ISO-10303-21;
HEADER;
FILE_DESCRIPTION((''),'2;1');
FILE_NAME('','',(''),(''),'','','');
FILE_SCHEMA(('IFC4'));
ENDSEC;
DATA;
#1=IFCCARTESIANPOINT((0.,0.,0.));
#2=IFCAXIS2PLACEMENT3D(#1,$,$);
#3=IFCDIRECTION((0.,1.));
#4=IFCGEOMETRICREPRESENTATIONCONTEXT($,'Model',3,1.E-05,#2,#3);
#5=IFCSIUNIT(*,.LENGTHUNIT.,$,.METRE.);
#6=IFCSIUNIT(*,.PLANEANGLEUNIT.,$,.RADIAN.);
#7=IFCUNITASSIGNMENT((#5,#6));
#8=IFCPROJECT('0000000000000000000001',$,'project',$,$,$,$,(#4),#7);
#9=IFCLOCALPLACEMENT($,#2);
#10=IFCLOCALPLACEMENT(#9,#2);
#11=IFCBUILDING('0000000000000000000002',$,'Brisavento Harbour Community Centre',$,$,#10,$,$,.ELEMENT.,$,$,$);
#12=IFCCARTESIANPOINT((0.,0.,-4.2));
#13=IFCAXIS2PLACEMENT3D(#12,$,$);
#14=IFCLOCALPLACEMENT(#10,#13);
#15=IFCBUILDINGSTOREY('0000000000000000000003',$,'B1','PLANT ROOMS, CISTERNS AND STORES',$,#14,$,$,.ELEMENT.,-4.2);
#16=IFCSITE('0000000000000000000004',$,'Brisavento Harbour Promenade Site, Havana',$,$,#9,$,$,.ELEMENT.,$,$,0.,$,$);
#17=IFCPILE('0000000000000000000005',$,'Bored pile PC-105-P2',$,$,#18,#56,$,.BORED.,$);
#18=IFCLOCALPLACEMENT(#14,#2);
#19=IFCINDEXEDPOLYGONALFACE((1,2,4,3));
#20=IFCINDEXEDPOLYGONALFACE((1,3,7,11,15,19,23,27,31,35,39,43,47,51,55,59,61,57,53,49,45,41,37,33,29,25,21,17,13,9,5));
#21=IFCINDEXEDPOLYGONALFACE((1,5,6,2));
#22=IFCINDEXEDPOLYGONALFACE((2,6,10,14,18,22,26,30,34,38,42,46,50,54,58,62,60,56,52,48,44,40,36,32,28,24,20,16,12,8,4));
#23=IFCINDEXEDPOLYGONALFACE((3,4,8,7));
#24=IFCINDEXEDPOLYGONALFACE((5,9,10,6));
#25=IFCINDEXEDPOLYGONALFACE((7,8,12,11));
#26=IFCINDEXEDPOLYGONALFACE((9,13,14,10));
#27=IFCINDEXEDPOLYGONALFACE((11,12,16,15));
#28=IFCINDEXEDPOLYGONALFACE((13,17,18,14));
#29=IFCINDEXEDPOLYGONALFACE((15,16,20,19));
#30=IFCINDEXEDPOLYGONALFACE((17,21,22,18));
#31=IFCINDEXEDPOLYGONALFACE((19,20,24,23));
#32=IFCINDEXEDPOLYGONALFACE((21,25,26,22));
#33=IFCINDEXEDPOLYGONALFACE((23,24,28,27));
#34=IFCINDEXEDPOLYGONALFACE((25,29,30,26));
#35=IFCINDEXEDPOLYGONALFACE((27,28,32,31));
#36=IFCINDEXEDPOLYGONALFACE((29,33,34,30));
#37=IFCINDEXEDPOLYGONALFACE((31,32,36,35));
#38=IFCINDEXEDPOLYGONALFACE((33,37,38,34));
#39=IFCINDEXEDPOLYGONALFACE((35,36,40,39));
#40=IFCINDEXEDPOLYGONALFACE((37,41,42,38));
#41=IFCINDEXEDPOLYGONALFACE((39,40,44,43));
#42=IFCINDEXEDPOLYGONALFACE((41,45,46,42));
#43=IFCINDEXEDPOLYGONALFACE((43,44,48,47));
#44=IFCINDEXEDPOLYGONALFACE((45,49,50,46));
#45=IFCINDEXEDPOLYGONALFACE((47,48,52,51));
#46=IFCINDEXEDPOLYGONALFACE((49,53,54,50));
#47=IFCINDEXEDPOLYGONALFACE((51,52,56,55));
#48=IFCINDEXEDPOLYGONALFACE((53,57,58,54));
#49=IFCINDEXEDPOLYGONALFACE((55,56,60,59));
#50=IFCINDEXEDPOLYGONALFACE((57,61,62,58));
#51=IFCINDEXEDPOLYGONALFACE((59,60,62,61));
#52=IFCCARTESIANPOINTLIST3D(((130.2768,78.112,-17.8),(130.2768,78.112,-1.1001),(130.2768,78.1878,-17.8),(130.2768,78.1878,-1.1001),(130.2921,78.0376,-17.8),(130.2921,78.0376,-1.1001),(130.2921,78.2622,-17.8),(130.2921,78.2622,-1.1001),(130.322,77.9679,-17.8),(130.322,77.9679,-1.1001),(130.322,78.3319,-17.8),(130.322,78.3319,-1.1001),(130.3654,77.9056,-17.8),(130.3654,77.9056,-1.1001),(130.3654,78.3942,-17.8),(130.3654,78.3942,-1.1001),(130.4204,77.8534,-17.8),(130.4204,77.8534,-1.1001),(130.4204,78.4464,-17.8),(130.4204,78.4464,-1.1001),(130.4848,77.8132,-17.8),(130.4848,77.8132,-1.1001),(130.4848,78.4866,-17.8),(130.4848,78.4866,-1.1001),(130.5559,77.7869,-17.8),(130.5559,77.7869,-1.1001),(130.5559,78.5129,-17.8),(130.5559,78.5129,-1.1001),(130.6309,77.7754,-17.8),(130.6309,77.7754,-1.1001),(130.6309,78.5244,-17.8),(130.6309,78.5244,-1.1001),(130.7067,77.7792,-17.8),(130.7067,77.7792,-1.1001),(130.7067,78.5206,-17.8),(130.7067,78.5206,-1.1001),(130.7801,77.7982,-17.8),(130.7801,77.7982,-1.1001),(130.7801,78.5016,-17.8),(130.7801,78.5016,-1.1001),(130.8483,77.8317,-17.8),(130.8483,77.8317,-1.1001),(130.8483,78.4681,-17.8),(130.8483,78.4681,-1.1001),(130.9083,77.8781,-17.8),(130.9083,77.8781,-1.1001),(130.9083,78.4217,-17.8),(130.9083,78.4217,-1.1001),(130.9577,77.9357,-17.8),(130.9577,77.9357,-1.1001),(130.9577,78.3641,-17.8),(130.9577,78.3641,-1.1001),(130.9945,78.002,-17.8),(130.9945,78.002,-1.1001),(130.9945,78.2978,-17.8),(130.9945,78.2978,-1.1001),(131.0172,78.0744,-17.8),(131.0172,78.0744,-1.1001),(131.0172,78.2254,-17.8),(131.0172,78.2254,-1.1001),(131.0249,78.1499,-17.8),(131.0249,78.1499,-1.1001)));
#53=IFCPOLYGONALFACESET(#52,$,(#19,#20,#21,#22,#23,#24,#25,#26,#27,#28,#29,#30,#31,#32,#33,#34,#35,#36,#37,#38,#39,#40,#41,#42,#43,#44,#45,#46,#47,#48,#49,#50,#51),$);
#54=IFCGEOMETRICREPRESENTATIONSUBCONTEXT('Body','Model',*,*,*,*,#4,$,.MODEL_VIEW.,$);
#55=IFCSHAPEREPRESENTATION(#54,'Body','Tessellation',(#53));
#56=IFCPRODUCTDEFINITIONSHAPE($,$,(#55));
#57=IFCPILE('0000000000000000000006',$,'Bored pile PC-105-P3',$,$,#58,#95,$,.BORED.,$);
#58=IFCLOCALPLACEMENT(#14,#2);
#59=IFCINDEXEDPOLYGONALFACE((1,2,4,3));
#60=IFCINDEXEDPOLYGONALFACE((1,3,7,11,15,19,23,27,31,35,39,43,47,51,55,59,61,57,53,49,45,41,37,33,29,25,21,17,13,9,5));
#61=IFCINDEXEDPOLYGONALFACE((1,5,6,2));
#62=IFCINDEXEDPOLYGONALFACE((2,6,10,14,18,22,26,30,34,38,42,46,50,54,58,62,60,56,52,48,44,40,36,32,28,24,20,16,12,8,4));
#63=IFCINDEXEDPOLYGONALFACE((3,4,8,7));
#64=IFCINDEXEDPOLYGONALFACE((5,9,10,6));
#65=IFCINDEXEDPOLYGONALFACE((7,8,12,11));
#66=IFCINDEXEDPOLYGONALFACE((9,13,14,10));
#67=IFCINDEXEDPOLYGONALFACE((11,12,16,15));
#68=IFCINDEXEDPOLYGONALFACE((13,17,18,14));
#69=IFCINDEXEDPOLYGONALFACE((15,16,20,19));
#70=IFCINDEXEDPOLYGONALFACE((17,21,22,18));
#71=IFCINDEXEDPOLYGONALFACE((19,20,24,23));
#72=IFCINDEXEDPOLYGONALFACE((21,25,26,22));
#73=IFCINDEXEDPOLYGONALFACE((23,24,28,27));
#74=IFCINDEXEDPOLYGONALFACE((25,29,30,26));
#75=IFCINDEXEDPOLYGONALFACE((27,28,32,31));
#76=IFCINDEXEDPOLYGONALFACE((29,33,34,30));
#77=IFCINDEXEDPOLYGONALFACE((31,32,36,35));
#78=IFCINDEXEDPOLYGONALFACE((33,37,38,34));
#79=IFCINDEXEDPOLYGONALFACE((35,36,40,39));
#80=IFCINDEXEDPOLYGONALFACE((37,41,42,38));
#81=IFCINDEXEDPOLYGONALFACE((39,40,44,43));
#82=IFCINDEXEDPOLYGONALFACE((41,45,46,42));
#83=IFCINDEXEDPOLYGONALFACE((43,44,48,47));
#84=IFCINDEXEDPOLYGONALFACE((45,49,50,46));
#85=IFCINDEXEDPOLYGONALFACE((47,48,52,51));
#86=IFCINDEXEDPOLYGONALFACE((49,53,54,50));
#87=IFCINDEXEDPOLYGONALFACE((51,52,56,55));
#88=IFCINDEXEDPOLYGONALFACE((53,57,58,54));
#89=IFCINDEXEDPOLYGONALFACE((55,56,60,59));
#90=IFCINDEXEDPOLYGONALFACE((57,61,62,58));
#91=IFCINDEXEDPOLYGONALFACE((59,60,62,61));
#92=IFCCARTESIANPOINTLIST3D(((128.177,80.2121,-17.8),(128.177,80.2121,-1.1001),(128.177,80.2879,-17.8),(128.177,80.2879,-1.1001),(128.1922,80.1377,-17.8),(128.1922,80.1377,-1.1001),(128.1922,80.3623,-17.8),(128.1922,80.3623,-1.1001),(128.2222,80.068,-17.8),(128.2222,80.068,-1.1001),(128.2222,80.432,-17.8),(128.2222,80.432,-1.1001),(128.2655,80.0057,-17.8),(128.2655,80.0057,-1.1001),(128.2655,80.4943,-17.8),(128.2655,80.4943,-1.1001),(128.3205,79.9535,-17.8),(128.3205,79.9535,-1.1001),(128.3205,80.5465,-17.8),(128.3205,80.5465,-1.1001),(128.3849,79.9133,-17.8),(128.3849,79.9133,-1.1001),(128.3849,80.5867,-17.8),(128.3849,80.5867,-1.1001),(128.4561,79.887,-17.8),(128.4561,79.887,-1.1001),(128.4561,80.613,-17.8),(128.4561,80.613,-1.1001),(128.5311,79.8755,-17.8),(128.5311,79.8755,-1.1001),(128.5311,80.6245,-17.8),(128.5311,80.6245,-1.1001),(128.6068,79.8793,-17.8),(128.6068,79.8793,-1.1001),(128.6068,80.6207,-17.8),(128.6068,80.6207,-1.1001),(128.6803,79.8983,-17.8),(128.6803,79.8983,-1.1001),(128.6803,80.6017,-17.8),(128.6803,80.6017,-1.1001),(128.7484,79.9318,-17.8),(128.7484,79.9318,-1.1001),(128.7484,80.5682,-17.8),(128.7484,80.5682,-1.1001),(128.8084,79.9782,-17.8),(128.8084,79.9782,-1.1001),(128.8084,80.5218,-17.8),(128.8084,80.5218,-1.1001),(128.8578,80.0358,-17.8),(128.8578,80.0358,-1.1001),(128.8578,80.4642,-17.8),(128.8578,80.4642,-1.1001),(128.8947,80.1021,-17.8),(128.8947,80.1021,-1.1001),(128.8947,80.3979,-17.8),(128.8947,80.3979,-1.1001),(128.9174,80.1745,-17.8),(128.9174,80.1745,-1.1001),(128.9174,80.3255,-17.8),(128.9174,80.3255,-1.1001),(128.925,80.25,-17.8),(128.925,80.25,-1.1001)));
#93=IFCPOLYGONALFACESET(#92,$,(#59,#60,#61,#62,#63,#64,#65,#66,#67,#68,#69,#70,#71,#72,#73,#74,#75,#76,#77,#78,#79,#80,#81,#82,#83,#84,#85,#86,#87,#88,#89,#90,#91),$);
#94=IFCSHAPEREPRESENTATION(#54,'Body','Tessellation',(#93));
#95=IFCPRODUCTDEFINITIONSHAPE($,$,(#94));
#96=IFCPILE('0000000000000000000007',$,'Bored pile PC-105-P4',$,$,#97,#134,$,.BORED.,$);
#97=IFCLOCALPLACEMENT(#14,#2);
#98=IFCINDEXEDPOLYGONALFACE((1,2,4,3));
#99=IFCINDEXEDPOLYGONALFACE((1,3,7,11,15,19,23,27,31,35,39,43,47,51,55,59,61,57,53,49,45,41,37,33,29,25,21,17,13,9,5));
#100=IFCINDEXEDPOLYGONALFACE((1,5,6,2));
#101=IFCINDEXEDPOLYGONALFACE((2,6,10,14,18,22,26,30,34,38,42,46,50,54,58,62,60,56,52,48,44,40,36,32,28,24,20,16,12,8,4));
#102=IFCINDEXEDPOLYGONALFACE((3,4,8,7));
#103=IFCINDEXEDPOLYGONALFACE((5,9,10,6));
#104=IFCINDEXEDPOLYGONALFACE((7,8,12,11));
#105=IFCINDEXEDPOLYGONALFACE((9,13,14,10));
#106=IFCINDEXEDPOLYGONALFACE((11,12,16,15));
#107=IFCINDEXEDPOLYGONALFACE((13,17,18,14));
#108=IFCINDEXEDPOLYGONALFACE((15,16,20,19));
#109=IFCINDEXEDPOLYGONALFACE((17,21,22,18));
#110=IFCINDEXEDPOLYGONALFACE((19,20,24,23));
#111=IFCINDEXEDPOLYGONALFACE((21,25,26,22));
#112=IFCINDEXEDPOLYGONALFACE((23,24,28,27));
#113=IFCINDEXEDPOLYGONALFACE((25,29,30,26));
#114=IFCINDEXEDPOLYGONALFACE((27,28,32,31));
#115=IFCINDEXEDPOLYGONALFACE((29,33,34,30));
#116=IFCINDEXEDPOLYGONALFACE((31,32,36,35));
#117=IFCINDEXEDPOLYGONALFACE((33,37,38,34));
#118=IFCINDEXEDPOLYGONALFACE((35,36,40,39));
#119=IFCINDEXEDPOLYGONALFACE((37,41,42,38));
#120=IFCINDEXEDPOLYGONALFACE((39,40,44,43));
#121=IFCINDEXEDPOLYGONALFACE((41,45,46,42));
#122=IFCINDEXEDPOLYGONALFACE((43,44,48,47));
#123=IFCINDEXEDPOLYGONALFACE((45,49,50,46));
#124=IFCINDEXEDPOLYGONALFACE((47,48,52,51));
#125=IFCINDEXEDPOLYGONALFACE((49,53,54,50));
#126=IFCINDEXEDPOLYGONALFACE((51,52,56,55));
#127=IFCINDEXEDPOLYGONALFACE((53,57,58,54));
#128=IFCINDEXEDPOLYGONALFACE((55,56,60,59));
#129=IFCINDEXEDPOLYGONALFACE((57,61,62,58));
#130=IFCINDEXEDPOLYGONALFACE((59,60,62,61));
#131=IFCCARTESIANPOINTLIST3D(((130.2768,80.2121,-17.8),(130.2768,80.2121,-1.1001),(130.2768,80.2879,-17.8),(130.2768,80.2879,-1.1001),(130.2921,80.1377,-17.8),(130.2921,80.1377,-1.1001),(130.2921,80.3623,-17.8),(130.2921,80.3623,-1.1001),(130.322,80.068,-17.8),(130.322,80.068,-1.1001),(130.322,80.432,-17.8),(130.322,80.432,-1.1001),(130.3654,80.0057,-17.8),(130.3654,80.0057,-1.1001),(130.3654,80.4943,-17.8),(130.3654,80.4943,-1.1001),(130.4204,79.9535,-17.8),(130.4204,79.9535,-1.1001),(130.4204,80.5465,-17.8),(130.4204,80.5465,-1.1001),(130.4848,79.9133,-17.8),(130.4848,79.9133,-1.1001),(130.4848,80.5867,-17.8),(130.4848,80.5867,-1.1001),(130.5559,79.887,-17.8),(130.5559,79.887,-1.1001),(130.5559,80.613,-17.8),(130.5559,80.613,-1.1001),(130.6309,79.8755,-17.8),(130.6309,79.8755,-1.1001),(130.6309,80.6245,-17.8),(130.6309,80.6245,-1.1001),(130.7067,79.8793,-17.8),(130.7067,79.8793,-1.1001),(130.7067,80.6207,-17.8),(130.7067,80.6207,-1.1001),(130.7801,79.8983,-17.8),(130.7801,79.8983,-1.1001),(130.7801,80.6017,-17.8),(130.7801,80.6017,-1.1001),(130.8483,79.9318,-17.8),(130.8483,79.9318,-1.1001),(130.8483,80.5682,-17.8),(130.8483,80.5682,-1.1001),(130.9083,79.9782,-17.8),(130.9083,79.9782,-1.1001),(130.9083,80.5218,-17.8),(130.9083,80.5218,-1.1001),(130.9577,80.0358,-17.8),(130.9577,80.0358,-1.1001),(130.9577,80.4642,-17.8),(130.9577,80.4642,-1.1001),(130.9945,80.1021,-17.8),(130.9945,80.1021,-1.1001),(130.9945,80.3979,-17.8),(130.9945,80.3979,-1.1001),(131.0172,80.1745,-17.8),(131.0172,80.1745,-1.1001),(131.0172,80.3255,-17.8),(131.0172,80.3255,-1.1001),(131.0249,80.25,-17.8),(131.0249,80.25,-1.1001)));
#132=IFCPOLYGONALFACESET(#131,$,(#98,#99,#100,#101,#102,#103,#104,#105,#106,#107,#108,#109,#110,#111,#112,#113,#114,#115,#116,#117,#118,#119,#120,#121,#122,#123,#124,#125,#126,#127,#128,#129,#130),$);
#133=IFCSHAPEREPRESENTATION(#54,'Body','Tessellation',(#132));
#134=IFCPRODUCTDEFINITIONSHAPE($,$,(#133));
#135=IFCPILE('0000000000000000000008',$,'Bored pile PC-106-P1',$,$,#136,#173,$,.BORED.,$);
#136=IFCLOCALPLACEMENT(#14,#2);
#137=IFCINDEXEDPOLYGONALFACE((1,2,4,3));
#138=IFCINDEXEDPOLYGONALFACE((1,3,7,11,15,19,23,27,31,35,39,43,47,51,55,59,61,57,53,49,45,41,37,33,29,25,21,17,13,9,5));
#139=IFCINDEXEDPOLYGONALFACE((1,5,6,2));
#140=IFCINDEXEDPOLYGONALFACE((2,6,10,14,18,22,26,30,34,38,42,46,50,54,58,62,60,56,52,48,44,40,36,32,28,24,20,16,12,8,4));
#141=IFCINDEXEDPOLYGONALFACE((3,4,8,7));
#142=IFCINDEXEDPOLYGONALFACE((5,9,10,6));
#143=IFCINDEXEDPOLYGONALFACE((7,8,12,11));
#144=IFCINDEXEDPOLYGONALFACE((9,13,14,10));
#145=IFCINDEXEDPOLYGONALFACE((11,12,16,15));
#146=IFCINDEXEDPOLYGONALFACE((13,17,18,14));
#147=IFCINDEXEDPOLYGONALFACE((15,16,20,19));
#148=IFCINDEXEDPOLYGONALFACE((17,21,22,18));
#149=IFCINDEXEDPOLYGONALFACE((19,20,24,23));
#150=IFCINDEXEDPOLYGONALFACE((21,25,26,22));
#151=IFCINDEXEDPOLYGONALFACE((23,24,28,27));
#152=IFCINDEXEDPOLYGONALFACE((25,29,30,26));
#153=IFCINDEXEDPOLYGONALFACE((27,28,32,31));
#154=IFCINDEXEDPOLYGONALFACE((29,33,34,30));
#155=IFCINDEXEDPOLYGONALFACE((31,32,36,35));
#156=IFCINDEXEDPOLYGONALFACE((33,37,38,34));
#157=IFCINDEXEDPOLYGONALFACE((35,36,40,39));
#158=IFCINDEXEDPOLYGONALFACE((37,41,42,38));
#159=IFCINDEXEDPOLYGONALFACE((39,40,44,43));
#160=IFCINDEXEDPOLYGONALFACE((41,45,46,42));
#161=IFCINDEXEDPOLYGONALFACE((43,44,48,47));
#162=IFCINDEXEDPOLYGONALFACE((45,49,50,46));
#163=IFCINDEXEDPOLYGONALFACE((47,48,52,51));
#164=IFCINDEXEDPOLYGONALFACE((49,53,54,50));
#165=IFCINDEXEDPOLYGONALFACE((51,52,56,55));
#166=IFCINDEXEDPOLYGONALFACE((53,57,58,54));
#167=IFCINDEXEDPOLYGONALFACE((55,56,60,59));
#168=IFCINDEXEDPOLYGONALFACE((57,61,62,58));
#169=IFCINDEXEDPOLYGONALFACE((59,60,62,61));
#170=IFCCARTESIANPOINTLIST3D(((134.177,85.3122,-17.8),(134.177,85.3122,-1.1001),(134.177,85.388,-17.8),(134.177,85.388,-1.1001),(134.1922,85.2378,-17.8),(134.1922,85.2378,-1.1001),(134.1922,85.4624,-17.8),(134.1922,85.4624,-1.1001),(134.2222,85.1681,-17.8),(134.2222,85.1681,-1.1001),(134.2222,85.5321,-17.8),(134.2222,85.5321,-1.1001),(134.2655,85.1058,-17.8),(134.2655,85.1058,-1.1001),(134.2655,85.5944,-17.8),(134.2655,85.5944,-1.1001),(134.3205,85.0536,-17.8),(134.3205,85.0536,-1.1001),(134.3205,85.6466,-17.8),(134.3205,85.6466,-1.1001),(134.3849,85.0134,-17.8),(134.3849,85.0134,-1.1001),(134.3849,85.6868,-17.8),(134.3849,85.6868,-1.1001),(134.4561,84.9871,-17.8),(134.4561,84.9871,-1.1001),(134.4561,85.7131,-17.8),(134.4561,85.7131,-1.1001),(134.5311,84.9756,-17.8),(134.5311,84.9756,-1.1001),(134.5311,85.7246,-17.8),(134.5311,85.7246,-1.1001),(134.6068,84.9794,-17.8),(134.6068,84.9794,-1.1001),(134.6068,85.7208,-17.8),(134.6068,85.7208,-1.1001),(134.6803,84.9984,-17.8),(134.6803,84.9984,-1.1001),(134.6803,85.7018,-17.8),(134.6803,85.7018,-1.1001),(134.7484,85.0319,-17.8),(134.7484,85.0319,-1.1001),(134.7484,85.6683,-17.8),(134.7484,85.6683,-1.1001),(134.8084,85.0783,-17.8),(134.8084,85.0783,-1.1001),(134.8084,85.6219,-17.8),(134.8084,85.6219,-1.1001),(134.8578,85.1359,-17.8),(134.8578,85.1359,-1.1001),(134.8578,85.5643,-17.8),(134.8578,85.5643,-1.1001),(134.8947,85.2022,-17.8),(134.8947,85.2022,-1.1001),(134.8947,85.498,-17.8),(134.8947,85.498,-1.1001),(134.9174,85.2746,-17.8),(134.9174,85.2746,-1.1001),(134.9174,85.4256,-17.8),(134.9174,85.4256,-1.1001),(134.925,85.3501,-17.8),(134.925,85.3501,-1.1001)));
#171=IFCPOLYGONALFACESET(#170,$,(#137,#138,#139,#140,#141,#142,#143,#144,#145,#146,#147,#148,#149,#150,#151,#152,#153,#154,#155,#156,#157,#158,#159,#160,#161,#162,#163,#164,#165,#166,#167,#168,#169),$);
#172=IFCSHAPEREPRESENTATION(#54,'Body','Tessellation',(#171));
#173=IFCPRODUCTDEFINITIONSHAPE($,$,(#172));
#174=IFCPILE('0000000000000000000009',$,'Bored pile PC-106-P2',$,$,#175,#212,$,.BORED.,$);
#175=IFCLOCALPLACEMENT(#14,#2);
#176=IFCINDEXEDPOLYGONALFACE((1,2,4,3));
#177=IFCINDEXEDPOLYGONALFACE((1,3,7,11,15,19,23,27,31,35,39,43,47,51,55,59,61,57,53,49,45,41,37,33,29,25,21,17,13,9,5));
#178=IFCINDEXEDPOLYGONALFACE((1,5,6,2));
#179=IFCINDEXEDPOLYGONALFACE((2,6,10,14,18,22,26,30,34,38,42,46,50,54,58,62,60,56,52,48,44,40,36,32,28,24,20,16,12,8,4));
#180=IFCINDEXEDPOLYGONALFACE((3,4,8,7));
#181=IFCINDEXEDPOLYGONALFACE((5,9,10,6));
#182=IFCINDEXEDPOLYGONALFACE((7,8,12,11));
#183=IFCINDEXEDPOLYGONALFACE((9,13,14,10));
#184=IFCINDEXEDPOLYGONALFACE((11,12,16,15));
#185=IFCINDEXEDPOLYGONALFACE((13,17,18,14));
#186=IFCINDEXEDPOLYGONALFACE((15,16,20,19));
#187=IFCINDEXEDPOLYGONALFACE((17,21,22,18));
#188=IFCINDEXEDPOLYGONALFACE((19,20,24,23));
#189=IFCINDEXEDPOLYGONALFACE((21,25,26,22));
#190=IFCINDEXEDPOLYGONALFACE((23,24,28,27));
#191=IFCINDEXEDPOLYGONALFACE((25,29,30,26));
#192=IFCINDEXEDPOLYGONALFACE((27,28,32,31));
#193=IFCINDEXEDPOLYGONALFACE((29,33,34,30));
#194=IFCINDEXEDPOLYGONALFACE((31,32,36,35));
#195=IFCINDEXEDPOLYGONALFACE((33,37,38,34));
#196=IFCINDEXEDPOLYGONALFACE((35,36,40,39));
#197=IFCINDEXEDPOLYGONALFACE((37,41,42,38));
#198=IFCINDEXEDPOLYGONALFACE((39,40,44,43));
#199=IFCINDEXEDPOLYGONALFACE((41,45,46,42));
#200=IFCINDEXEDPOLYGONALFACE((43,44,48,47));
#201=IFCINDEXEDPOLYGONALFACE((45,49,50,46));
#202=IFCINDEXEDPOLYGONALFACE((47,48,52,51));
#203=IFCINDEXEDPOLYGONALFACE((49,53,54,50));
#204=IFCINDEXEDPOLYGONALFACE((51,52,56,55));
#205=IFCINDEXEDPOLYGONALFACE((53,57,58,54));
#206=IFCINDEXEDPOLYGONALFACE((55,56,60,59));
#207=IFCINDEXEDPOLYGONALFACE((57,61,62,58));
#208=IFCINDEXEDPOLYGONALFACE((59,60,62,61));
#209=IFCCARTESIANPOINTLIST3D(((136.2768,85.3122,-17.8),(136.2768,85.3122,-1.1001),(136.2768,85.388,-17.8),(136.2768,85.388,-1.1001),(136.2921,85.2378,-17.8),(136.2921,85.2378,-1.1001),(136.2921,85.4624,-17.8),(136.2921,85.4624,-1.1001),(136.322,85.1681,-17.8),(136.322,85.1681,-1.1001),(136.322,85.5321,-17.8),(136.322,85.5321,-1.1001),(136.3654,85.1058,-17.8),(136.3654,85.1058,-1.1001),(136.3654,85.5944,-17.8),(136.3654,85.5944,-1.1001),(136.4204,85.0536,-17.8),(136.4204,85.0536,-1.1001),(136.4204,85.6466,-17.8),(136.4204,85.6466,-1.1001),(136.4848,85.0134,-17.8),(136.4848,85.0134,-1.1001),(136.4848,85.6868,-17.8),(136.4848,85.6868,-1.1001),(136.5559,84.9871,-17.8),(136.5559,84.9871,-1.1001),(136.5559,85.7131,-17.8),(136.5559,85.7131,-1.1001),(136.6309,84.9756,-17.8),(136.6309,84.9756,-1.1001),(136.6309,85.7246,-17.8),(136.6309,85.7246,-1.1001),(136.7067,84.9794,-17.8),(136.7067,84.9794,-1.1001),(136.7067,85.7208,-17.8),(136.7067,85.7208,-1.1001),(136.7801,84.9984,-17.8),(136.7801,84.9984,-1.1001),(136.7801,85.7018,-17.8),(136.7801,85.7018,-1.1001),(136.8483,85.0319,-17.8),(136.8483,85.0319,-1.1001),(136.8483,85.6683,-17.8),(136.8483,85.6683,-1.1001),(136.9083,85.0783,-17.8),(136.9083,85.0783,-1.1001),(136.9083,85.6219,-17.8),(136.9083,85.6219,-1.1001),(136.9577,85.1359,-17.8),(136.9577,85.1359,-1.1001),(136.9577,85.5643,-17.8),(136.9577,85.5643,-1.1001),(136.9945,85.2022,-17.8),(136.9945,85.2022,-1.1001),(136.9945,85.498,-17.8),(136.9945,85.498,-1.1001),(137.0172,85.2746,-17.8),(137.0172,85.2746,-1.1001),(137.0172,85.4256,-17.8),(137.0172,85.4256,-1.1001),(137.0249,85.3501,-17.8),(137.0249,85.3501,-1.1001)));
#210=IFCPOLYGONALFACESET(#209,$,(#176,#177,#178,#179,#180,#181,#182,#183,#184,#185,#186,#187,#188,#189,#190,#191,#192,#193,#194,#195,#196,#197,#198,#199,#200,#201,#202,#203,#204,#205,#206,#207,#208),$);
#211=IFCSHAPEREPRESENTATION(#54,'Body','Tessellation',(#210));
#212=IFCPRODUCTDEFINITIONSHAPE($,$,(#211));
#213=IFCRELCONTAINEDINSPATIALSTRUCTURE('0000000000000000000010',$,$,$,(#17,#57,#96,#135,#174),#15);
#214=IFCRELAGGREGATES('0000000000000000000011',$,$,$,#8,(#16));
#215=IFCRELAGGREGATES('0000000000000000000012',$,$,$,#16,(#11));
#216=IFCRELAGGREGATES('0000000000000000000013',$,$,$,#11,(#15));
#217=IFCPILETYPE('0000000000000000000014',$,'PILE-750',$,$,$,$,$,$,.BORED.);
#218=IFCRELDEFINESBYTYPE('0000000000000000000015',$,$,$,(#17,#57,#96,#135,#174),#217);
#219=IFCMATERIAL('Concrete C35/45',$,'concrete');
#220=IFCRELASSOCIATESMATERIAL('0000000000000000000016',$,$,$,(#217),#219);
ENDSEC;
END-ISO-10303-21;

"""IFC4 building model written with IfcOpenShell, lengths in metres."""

from ifc_helpers import new_model, si_unit, direction, frame, origin, origin_2d, place, context, subcontext, project, spatial, circle, extrude, material, material_profile, profile_set, type_object, element, save


model = new_model("IFC4")

# Units and contexts
model_context = context("Model", 3, precision=1e-05, world=origin(), true_north=direction((0.0, 1.0)))
body_context = subcontext(model_context, "Body", "Model", "MODEL_VIEW")
ifc_project = project(units=[si_unit("LENGTHUNIT", "METRE"), si_unit("PLANEANGLEUNIT", "RADIAN")], contexts=[model_context])

# Site, building, storey
site_placement = place(None, origin())
site = spatial("IfcSite", under=ifc_project, at=site_placement, Name="Brisavento Harbour Promenade Site, Havana", CompositionType="ELEMENT", RefElevation=0.0)
building_placement = place(site_placement, origin())
building = spatial("IfcBuilding", under=site, at=building_placement, Name="Brisavento Harbour Community Centre", CompositionType="ELEMENT")
storey_placement = place(building_placement, frame((0.0, 0.0, -4.2)))
storey = spatial("IfcBuildingStorey", under=building, at=storey_placement, Name="B1", Description="PLANT ROOMS, CISTERNS AND STORES", CompositionType="ELEMENT", Elevation=-4.2)

# Shared definitions
ifc_material_1 = material(Name="Concrete C35/45", Category="concrete")

# Piles
ifc_material_profile_1 = material_profile(ifc_material_1, circle(Radius=0.375, at=origin_2d()), Name="Concrete C35/45")
ifc_profile_set_1 = profile_set([ifc_material_profile_1], Name="Concrete C35/45")
pile_type = type_object("IfcPileType", Name="PILE-750", PredefinedType="BORED", material=ifc_profile_set_1)
for number, where, z_axis, x_axis, name in (
    (1, (130.6499, 78.1499, -1.1001), (0.0, 0.0, -1.0), (1.0, 0.0, 0.0), "Bored pile PC-105-P2"),
    (2, (128.55, 80.25, -1.1001), (0.0, 0.0, -1.0), (1.0, 0.0, 0.0), "Bored pile PC-105-P3"),
    (3, (130.6499, 80.25, -1.1001), (0.0, 0.0, -1.0), (1.0, 0.0, 0.0), "Bored pile PC-105-P4"),
    (4, (134.55, 85.3501, -1.1001), (0.0, 0.0, -1.0), (1.0, 0.0, 0.0), "Bored pile PC-106-P1"),
    (5, (136.6499, 85.3501, -1.1001), (0.0, 0.0, -1.0), (1.0, 0.0, 0.0), "Bored pile PC-106-P2"),
):
    element("IfcPile", number, at=place(storey_placement, frame(where, z_axis=z_axis, x_axis=x_axis)), inside=storey, type_object=pile_type, Name=name, PredefinedType="BORED", context=body_context, shape_type="SweptSolid", body=[
        extrude(circle(Radius=0.375, at=origin_2d()), origin(), (0.0, 0.0, 1.0), 16.7),
    ])

save(model, "model.ifc")
